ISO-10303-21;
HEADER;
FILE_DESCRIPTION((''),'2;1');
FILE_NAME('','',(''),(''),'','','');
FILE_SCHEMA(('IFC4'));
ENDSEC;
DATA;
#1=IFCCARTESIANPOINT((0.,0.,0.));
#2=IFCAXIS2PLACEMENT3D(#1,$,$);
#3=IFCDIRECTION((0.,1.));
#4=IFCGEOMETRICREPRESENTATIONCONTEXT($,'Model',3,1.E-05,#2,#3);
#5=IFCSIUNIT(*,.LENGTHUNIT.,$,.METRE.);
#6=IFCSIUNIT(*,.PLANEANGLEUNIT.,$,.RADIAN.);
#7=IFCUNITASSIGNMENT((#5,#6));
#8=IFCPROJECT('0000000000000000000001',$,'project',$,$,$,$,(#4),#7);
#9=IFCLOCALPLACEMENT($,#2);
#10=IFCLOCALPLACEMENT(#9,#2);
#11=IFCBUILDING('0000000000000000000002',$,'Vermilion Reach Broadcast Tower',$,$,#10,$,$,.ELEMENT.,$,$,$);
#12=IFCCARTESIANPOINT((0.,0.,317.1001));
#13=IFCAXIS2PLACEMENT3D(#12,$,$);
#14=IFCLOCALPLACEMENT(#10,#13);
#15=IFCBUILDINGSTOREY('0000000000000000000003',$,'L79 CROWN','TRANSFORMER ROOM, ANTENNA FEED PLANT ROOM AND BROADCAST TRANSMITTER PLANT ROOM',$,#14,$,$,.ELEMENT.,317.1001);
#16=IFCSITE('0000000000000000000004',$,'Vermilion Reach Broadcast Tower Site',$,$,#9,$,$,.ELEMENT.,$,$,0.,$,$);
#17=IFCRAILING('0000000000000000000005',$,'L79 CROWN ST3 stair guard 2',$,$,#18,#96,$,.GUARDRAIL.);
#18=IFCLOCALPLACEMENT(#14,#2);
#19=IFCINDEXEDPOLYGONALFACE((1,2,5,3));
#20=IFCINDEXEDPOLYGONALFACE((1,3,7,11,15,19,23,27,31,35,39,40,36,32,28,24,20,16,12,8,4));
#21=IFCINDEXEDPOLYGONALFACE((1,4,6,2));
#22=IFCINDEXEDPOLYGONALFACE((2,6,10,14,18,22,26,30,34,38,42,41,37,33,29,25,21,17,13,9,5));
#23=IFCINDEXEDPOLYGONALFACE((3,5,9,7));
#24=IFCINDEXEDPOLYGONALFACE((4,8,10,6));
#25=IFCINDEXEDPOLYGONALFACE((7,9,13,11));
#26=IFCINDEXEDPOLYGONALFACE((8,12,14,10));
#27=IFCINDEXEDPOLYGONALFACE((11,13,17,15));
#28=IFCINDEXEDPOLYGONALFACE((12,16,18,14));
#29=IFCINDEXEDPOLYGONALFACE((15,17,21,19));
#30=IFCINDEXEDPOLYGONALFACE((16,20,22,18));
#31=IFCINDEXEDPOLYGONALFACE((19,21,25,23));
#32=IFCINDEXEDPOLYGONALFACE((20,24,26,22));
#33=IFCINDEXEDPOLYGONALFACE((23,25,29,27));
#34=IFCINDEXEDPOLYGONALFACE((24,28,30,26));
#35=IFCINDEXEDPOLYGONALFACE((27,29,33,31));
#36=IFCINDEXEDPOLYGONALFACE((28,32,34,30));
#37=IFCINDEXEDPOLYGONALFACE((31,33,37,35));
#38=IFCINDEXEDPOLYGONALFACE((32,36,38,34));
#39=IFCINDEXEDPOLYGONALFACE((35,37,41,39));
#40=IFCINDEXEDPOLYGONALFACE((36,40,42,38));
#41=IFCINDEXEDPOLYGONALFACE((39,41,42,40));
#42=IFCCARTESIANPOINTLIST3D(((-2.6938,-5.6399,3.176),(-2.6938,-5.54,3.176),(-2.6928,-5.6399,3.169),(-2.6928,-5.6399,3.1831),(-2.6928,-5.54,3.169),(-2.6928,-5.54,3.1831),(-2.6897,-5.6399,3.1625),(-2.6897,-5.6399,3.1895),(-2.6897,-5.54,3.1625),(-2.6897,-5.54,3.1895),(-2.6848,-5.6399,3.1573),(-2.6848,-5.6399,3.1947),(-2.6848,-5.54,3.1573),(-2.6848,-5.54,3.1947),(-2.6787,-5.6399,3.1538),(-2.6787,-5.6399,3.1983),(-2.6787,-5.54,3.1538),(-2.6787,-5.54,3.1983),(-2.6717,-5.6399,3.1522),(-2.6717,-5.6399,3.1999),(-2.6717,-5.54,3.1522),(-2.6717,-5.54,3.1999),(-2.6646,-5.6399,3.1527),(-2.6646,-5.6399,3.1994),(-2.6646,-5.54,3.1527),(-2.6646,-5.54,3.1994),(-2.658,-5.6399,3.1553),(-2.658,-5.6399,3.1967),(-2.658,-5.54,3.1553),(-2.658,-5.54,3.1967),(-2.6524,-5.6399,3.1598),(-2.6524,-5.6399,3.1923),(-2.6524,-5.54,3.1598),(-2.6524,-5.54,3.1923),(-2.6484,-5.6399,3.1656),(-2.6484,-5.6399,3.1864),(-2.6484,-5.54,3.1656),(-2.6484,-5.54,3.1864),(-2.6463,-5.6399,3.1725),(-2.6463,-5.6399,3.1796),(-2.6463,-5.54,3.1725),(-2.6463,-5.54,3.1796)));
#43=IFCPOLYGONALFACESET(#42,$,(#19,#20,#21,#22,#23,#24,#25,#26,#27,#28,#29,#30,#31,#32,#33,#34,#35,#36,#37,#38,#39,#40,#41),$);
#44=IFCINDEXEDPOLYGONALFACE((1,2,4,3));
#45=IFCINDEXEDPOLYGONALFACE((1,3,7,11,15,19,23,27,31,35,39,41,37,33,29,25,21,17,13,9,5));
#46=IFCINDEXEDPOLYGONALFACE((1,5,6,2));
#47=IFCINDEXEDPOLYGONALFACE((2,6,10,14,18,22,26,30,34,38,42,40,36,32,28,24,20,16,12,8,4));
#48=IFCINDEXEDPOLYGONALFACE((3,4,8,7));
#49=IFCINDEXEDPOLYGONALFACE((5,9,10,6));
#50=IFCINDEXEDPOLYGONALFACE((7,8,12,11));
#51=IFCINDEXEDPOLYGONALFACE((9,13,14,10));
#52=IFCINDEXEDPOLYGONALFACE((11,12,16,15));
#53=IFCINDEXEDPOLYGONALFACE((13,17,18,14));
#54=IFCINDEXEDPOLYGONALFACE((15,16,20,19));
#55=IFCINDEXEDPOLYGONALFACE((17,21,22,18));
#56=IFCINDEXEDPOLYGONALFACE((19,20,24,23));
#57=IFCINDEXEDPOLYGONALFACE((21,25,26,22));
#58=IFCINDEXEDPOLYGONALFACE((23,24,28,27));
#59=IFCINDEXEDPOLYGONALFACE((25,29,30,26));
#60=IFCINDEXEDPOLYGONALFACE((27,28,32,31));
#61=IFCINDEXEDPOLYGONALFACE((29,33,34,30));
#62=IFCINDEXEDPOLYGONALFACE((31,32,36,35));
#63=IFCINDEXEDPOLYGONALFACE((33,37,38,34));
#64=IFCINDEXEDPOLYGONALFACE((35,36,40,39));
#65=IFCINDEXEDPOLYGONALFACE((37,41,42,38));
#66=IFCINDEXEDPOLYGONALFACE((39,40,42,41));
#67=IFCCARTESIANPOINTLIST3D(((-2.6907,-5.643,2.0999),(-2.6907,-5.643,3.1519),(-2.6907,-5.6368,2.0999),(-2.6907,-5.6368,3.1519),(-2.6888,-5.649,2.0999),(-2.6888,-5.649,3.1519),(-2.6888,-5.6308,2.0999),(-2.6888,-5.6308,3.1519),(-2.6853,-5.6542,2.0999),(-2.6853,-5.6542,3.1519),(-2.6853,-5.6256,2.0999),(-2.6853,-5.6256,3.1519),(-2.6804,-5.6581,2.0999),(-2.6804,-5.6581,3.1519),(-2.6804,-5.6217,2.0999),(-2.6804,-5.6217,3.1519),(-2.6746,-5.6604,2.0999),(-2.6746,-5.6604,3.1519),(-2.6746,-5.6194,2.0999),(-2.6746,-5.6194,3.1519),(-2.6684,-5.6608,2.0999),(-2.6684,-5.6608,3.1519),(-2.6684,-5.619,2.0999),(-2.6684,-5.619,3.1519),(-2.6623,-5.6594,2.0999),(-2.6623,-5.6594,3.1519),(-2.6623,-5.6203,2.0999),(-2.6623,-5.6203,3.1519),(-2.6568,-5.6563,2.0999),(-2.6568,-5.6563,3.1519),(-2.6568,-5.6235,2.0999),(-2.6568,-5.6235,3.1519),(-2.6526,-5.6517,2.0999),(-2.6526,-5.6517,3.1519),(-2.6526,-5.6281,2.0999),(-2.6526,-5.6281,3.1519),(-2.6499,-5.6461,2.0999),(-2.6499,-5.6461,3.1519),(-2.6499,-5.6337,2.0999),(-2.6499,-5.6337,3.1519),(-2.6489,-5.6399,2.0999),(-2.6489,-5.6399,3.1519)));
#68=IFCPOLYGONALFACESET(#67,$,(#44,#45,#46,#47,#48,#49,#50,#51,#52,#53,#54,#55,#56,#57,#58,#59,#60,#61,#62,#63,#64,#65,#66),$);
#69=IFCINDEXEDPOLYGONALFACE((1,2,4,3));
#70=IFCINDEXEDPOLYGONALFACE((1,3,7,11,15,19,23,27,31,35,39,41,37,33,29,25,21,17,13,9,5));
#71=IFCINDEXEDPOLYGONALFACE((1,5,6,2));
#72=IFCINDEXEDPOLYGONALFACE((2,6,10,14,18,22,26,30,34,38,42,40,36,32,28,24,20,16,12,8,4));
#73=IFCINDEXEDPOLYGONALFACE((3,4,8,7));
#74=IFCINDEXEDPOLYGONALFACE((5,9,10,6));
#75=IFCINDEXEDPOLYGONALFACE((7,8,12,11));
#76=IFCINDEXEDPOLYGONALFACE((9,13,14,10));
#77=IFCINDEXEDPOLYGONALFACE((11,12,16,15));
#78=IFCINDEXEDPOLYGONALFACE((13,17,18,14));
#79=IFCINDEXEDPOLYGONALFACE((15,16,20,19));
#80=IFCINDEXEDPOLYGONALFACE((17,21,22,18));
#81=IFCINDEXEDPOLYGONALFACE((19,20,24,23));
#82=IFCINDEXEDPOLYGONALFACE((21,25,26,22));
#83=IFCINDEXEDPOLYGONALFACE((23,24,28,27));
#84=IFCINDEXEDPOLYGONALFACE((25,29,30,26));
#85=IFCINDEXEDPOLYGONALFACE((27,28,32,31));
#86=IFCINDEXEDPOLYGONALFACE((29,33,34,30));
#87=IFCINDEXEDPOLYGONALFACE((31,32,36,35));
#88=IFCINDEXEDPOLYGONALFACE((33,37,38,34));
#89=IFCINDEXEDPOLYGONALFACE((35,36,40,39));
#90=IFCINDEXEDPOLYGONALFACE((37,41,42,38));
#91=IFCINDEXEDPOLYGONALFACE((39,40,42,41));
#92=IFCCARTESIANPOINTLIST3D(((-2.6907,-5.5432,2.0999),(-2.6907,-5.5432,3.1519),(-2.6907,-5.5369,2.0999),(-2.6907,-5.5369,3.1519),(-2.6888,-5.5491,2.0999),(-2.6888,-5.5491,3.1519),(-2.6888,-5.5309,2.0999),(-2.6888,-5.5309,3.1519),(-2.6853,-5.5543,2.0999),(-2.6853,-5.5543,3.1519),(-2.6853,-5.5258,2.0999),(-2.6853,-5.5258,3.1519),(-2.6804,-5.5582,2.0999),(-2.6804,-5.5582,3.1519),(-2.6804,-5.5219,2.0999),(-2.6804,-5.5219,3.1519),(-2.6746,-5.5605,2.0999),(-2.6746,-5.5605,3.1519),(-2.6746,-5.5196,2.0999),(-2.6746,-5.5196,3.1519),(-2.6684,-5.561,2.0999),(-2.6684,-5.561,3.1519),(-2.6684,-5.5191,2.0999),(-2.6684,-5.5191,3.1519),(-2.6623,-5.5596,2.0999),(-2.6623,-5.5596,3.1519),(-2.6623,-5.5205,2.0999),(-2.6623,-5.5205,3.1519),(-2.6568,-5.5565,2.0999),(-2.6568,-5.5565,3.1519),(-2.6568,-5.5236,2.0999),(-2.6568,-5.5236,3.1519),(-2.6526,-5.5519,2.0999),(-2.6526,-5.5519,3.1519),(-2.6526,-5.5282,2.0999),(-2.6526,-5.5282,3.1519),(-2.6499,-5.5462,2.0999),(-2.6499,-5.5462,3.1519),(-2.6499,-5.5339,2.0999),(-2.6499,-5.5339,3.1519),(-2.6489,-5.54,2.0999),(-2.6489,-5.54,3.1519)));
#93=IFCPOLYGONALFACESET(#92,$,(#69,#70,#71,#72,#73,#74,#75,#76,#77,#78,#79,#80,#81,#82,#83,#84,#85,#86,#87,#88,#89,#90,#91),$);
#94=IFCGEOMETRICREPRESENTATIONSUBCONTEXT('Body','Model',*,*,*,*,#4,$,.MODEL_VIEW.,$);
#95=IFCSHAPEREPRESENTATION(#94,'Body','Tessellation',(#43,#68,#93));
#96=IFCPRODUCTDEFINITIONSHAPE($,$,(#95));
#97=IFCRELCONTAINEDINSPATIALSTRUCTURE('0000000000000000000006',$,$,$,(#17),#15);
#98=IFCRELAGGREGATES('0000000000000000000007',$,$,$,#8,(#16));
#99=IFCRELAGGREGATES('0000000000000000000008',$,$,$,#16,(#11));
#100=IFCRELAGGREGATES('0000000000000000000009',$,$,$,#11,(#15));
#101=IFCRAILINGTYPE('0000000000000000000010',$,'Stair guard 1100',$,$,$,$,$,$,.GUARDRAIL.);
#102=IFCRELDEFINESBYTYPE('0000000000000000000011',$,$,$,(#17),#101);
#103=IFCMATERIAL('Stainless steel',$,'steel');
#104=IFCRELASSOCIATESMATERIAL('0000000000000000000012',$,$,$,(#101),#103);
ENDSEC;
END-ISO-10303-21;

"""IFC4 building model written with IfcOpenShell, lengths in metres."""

from ifc_helpers import new_model, si_unit, direction, frame, origin, origin_2d, place, context, subcontext, project, spatial, circle, extrude, material, type_object, element, save


model = new_model("IFC4")

# Units and contexts
model_context = context("Model", 3, precision=1e-05, world=origin(), true_north=direction((0.0, 1.0)))
body_context = subcontext(model_context, "Body", "Model", "MODEL_VIEW")
ifc_project = project(units=[si_unit("LENGTHUNIT", "METRE"), si_unit("PLANEANGLEUNIT", "RADIAN")], contexts=[model_context])

# Site, building, storey
site_placement = place(None, origin())
site = spatial("IfcSite", under=ifc_project, at=site_placement, Name="Vermilion Reach Broadcast Tower Site", CompositionType="ELEMENT", RefElevation=0.0)
building_placement = place(site_placement, origin())
building = spatial("IfcBuilding", under=site, at=building_placement, Name="Vermilion Reach Broadcast Tower", CompositionType="ELEMENT")
storey_placement = place(building_placement, frame((0.0, 0.0, 317.1001)))
storey = spatial("IfcBuildingStorey", under=building, at=storey_placement, Name="L79 CROWN", Description="TRANSFORMER ROOM, ANTENNA FEED PLANT ROOM AND BROADCAST TRANSMITTER PLANT ROOM", CompositionType="ELEMENT", Elevation=317.1001)

# Railing
ifc_material_1 = material(Name="Stainless steel", Category="steel")
railing_type_1 = type_object("IfcRailingType", Name="Stair guard 1100", PredefinedType="GUARDRAIL", material=ifc_material_1)
railing_1_placement = place(storey_placement, frame((-2.6699, -5.6399, 2.0999)))
element("IfcRailing", 1, at=railing_1_placement, inside=storey, type_object=railing_type_1, Name="L79 CROWN ST3 stair guard 2", PredefinedType="GUARDRAIL", context=body_context, shape_type="SweptSolid", body=[
    extrude(circle(Radius=0.0239, at=origin_2d()), frame((0.0, 0.0, 1.0762), z_axis=(0.0, 1.0, 0.0), x_axis=(-1.0, 0.0, 0.0)), (0.0, 0.0, 1.0), 0.0999),
    extrude(circle(Radius=0.021, at=origin_2d()), origin(), (0.0, 0.0, 1.0), 1.052),
    extrude(circle(Radius=0.021, at=origin_2d()), frame((0.0, 0.0999, 0.0)), (0.0, 0.0, 1.0), 1.052),
])

save(model, "model.ifc")
